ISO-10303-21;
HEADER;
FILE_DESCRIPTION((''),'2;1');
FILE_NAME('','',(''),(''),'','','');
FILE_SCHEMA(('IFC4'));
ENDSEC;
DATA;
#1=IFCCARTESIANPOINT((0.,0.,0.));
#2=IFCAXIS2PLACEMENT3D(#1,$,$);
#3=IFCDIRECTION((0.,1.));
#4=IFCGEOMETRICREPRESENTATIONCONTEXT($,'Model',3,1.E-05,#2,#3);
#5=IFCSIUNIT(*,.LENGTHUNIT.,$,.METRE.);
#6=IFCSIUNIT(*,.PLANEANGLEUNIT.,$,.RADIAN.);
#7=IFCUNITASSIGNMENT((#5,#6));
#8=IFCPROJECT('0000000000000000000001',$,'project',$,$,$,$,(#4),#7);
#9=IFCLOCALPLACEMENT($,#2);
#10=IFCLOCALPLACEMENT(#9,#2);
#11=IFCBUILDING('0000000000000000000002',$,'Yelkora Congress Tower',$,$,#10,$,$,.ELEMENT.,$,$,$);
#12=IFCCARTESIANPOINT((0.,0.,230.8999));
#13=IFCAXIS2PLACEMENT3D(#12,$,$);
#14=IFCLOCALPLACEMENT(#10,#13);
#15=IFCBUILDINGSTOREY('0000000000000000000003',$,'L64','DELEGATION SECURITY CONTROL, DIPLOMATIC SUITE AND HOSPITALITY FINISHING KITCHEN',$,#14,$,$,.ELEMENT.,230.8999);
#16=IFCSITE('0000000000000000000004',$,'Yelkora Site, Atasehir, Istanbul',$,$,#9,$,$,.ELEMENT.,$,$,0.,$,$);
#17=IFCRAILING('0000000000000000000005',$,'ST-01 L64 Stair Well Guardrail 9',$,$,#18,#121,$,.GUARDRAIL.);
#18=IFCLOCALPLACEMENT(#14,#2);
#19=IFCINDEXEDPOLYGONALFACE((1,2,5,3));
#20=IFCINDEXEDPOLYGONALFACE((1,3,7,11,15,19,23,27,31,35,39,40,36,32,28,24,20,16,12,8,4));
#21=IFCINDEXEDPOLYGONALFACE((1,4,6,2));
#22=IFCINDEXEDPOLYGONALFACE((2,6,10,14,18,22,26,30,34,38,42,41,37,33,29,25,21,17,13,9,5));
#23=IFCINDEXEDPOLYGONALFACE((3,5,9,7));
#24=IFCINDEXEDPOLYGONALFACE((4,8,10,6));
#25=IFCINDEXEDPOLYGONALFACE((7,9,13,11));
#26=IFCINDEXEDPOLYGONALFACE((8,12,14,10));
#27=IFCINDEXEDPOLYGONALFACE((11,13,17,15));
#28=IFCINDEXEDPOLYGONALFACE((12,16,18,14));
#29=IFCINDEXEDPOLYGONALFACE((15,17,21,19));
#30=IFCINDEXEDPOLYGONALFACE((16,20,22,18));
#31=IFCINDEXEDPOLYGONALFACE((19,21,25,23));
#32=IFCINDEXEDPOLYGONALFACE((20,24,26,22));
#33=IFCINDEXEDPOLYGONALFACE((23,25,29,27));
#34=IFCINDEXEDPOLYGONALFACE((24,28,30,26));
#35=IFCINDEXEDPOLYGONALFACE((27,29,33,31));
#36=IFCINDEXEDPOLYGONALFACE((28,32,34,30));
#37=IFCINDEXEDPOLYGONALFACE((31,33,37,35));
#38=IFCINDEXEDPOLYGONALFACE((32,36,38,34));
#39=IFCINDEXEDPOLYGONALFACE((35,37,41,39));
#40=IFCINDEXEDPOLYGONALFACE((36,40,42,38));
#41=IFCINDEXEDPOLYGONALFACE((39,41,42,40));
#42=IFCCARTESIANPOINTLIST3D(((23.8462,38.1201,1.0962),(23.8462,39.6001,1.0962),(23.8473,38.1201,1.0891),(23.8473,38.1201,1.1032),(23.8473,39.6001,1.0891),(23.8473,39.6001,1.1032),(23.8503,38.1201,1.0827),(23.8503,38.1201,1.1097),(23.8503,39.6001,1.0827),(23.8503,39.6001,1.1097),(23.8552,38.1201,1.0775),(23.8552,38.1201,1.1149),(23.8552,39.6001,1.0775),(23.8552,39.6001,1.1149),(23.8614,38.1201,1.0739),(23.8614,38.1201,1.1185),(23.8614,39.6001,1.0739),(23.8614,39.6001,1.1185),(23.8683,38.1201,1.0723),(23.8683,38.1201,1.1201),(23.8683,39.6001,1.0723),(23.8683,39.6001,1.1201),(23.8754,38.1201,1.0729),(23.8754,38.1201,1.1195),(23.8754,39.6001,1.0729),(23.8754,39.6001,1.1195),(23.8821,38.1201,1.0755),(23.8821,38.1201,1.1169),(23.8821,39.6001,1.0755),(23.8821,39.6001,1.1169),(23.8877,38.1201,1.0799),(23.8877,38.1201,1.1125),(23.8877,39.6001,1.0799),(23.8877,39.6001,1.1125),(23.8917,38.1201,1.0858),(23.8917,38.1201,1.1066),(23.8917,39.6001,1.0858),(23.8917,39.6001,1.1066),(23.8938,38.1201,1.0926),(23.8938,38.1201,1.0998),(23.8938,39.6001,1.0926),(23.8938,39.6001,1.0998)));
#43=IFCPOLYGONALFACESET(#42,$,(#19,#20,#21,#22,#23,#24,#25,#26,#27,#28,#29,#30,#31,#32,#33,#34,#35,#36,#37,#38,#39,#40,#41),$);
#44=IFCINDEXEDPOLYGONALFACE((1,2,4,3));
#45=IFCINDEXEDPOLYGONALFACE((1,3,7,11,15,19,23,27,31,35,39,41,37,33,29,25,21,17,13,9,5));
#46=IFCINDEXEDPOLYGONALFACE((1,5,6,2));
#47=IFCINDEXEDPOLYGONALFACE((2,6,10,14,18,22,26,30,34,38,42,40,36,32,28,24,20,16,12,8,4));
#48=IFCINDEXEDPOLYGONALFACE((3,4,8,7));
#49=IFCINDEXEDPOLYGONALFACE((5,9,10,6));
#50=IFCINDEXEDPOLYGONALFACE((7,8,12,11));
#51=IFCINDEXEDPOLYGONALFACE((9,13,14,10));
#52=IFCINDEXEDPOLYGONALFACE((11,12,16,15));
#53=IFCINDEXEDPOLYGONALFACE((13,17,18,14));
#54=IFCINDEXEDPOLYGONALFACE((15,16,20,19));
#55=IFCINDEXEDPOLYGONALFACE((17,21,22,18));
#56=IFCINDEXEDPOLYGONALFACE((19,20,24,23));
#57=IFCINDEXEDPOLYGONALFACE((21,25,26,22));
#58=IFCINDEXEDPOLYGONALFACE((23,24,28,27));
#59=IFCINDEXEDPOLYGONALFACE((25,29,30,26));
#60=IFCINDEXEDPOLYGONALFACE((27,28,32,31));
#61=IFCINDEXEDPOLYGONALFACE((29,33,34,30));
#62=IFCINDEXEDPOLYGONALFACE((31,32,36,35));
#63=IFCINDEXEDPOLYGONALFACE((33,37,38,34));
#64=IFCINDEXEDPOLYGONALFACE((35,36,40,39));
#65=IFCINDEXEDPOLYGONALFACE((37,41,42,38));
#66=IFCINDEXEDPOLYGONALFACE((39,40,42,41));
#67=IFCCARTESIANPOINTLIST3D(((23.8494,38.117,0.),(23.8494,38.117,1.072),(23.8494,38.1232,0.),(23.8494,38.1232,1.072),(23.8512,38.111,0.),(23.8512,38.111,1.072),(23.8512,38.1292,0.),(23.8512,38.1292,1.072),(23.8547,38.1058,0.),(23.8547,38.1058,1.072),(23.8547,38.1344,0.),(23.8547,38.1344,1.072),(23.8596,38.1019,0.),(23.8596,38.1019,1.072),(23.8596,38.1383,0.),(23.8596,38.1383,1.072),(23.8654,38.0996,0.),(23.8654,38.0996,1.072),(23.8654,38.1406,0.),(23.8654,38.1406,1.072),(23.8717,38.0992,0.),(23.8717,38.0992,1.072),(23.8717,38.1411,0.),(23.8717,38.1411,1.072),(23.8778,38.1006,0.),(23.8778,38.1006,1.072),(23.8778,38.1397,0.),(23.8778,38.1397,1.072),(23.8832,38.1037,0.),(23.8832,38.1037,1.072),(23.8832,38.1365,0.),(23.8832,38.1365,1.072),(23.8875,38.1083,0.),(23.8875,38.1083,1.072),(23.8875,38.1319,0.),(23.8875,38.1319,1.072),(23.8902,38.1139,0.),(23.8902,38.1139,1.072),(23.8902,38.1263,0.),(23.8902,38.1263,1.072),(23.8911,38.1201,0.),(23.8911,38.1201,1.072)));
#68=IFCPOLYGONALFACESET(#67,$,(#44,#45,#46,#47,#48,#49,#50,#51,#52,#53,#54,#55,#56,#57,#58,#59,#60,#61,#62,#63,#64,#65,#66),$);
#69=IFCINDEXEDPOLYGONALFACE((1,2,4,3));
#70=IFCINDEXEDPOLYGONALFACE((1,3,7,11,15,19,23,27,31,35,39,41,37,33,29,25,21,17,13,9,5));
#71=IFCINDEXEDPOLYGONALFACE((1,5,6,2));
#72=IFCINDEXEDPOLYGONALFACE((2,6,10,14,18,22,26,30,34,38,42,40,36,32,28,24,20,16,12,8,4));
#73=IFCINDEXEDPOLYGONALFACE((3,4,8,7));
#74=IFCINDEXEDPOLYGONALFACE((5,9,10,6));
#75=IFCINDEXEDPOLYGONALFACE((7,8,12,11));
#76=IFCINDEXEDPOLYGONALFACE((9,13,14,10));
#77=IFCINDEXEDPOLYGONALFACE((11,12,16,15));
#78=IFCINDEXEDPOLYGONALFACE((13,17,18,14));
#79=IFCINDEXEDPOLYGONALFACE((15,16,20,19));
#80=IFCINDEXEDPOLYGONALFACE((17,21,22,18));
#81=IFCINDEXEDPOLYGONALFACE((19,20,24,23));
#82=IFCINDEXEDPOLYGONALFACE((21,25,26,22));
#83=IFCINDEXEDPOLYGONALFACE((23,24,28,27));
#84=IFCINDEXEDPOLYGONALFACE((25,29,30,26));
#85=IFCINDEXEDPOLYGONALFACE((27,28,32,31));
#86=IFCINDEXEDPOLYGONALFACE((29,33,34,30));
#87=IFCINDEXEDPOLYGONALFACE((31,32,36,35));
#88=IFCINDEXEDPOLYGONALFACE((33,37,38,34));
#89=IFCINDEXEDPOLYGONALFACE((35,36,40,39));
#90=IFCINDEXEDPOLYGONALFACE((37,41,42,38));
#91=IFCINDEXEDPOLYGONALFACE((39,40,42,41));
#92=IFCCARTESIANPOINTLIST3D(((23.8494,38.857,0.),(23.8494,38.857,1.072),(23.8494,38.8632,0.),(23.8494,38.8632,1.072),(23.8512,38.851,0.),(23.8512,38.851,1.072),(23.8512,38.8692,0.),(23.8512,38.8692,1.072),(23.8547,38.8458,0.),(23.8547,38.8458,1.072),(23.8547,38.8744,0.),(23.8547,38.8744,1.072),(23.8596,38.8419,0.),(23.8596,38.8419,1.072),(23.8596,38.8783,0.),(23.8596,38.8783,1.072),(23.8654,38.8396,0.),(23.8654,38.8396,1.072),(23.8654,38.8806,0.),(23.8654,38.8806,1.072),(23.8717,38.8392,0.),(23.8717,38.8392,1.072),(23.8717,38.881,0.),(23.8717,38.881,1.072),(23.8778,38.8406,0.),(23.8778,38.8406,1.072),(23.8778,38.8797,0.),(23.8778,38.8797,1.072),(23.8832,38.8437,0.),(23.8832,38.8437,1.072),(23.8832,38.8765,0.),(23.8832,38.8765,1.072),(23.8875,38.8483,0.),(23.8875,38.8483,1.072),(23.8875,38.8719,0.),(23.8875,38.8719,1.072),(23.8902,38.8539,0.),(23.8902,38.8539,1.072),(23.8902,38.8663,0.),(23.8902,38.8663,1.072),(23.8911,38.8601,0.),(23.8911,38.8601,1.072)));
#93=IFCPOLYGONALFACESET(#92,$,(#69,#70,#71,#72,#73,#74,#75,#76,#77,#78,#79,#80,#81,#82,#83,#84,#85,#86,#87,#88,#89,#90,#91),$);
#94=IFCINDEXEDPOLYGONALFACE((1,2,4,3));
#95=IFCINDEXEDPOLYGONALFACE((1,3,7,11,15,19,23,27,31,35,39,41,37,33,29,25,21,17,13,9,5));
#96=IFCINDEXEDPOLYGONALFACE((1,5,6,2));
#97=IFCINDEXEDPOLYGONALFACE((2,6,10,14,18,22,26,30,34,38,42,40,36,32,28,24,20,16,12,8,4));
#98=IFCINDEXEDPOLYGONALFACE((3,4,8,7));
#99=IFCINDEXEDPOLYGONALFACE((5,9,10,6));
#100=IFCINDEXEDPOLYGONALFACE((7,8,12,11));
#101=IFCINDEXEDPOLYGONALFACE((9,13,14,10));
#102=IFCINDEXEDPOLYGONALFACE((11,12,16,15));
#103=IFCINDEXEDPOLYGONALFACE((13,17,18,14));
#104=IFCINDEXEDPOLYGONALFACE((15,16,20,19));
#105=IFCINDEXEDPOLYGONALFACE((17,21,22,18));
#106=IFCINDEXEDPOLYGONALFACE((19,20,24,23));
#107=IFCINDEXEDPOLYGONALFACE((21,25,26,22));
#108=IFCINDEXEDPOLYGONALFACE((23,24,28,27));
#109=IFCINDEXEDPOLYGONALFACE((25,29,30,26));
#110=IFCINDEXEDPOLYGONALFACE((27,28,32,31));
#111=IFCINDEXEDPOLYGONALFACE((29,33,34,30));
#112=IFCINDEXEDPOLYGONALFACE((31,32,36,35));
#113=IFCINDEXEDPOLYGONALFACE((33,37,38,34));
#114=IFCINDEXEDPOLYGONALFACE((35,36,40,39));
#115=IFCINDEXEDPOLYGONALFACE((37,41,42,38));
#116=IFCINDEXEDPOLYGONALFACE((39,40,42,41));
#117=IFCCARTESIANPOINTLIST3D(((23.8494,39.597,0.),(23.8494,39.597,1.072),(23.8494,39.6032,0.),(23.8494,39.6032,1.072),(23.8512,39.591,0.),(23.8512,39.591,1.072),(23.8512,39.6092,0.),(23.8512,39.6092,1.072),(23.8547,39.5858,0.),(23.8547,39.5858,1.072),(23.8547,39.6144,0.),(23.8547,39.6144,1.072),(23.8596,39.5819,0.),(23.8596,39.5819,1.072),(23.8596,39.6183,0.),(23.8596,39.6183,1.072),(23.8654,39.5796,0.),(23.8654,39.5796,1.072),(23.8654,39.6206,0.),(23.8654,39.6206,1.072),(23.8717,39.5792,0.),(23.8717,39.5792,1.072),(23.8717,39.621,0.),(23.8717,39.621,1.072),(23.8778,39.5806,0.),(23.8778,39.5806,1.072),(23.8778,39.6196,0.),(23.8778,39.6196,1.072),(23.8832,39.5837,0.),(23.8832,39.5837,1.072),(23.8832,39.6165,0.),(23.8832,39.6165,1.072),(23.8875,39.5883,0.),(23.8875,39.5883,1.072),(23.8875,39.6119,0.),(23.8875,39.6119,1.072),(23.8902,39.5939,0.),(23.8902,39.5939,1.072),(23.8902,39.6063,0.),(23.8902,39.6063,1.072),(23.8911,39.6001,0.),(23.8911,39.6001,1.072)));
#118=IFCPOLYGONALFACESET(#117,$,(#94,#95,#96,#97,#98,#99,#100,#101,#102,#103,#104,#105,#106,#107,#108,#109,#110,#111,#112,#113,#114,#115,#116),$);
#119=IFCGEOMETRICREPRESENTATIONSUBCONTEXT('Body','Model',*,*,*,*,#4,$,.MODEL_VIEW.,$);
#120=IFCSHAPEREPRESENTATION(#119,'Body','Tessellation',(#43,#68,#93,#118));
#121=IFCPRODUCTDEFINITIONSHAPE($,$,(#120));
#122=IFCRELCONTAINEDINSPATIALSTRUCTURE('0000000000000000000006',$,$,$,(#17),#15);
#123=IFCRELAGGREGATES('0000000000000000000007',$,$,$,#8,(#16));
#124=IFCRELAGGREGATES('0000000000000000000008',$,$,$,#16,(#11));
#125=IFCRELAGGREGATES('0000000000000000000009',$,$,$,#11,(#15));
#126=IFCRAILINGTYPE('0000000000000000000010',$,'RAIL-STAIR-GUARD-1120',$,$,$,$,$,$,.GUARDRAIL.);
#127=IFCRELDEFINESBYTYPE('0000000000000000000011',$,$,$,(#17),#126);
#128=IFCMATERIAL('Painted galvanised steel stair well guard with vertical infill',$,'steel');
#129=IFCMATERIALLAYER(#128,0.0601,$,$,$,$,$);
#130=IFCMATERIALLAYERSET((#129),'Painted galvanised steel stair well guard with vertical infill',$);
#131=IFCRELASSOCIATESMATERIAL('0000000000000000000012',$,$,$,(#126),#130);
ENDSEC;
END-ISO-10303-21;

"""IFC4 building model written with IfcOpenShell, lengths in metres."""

from ifc_helpers import new_model, si_unit, direction, frame, origin, origin_2d, place, context, subcontext, project, spatial, circle, extrude, material, layer, layer_set, type_object, element, save


model = new_model("IFC4")

# Units and contexts
model_context = context("Model", 3, precision=1e-05, world=origin(), true_north=direction((0.0, 1.0)))
body_context = subcontext(model_context, "Body", "Model", "MODEL_VIEW")
ifc_project = project(units=[si_unit("LENGTHUNIT", "METRE"), si_unit("PLANEANGLEUNIT", "RADIAN")], contexts=[model_context])

# Site, building, storey
site_placement = place(None, origin())
site = spatial("IfcSite", under=ifc_project, at=site_placement, Name="Yelkora Site, Atasehir, Istanbul", CompositionType="ELEMENT", RefElevation=0.0)
building_placement = place(site_placement, origin())
building = spatial("IfcBuilding", under=site, at=building_placement, Name="Yelkora Congress Tower", CompositionType="ELEMENT")
storey_placement = place(building_placement, frame((0.0, 0.0, 230.8999)))
storey = spatial("IfcBuildingStorey", under=building, at=storey_placement, Name="L64", Description="DELEGATION SECURITY CONTROL, DIPLOMATIC SUITE AND HOSPITALITY FINISHING KITCHEN", CompositionType="ELEMENT", Elevation=230.8999)

# Railing
ifc_material_1 = material(Name="Painted galvanised steel stair well guard with vertical infill", Category="steel")
ifc_layer_1 = layer(ifc_material_1, 0.0601)
ifc_layer_set_1 = layer_set([ifc_layer_1], Name="Painted galvanised steel stair well guard with vertical infill")
railing_type_1 = type_object("IfcRailingType", Name="RAIL-STAIR-GUARD-1120", PredefinedType="GUARDRAIL", material=ifc_layer_set_1)
railing_1_placement = place(storey_placement, frame((23.8701, 38.1201, 0.0)))
element("IfcRailing", 1, at=railing_1_placement, inside=storey, type_object=railing_type_1, Name="ST-01 L64 Stair Well Guardrail 9", PredefinedType="GUARDRAIL", context=body_context, shape_type="SweptSolid", body=[
    extrude(circle(Radius=0.0239, at=origin_2d()), frame((0.0, 0.0, 1.0962), z_axis=(0.0, 1.0, 0.0), x_axis=(-1.0, 0.0, 0.0)), (0.0, 0.0, 1.0), 1.48),
    extrude(circle(Radius=0.021, at=origin_2d()), origin(), (0.0, 0.0, 1.0), 1.072),
    extrude(circle(Radius=0.021, at=origin_2d()), frame((0.0, 0.74, 0.0)), (0.0, 0.0, 1.0), 1.072),
    extrude(circle(Radius=0.021, at=origin_2d()), frame((0.0, 1.48, 0.0)), (0.0, 0.0, 1.0), 1.072),
])

save(model, "model.ifc")
